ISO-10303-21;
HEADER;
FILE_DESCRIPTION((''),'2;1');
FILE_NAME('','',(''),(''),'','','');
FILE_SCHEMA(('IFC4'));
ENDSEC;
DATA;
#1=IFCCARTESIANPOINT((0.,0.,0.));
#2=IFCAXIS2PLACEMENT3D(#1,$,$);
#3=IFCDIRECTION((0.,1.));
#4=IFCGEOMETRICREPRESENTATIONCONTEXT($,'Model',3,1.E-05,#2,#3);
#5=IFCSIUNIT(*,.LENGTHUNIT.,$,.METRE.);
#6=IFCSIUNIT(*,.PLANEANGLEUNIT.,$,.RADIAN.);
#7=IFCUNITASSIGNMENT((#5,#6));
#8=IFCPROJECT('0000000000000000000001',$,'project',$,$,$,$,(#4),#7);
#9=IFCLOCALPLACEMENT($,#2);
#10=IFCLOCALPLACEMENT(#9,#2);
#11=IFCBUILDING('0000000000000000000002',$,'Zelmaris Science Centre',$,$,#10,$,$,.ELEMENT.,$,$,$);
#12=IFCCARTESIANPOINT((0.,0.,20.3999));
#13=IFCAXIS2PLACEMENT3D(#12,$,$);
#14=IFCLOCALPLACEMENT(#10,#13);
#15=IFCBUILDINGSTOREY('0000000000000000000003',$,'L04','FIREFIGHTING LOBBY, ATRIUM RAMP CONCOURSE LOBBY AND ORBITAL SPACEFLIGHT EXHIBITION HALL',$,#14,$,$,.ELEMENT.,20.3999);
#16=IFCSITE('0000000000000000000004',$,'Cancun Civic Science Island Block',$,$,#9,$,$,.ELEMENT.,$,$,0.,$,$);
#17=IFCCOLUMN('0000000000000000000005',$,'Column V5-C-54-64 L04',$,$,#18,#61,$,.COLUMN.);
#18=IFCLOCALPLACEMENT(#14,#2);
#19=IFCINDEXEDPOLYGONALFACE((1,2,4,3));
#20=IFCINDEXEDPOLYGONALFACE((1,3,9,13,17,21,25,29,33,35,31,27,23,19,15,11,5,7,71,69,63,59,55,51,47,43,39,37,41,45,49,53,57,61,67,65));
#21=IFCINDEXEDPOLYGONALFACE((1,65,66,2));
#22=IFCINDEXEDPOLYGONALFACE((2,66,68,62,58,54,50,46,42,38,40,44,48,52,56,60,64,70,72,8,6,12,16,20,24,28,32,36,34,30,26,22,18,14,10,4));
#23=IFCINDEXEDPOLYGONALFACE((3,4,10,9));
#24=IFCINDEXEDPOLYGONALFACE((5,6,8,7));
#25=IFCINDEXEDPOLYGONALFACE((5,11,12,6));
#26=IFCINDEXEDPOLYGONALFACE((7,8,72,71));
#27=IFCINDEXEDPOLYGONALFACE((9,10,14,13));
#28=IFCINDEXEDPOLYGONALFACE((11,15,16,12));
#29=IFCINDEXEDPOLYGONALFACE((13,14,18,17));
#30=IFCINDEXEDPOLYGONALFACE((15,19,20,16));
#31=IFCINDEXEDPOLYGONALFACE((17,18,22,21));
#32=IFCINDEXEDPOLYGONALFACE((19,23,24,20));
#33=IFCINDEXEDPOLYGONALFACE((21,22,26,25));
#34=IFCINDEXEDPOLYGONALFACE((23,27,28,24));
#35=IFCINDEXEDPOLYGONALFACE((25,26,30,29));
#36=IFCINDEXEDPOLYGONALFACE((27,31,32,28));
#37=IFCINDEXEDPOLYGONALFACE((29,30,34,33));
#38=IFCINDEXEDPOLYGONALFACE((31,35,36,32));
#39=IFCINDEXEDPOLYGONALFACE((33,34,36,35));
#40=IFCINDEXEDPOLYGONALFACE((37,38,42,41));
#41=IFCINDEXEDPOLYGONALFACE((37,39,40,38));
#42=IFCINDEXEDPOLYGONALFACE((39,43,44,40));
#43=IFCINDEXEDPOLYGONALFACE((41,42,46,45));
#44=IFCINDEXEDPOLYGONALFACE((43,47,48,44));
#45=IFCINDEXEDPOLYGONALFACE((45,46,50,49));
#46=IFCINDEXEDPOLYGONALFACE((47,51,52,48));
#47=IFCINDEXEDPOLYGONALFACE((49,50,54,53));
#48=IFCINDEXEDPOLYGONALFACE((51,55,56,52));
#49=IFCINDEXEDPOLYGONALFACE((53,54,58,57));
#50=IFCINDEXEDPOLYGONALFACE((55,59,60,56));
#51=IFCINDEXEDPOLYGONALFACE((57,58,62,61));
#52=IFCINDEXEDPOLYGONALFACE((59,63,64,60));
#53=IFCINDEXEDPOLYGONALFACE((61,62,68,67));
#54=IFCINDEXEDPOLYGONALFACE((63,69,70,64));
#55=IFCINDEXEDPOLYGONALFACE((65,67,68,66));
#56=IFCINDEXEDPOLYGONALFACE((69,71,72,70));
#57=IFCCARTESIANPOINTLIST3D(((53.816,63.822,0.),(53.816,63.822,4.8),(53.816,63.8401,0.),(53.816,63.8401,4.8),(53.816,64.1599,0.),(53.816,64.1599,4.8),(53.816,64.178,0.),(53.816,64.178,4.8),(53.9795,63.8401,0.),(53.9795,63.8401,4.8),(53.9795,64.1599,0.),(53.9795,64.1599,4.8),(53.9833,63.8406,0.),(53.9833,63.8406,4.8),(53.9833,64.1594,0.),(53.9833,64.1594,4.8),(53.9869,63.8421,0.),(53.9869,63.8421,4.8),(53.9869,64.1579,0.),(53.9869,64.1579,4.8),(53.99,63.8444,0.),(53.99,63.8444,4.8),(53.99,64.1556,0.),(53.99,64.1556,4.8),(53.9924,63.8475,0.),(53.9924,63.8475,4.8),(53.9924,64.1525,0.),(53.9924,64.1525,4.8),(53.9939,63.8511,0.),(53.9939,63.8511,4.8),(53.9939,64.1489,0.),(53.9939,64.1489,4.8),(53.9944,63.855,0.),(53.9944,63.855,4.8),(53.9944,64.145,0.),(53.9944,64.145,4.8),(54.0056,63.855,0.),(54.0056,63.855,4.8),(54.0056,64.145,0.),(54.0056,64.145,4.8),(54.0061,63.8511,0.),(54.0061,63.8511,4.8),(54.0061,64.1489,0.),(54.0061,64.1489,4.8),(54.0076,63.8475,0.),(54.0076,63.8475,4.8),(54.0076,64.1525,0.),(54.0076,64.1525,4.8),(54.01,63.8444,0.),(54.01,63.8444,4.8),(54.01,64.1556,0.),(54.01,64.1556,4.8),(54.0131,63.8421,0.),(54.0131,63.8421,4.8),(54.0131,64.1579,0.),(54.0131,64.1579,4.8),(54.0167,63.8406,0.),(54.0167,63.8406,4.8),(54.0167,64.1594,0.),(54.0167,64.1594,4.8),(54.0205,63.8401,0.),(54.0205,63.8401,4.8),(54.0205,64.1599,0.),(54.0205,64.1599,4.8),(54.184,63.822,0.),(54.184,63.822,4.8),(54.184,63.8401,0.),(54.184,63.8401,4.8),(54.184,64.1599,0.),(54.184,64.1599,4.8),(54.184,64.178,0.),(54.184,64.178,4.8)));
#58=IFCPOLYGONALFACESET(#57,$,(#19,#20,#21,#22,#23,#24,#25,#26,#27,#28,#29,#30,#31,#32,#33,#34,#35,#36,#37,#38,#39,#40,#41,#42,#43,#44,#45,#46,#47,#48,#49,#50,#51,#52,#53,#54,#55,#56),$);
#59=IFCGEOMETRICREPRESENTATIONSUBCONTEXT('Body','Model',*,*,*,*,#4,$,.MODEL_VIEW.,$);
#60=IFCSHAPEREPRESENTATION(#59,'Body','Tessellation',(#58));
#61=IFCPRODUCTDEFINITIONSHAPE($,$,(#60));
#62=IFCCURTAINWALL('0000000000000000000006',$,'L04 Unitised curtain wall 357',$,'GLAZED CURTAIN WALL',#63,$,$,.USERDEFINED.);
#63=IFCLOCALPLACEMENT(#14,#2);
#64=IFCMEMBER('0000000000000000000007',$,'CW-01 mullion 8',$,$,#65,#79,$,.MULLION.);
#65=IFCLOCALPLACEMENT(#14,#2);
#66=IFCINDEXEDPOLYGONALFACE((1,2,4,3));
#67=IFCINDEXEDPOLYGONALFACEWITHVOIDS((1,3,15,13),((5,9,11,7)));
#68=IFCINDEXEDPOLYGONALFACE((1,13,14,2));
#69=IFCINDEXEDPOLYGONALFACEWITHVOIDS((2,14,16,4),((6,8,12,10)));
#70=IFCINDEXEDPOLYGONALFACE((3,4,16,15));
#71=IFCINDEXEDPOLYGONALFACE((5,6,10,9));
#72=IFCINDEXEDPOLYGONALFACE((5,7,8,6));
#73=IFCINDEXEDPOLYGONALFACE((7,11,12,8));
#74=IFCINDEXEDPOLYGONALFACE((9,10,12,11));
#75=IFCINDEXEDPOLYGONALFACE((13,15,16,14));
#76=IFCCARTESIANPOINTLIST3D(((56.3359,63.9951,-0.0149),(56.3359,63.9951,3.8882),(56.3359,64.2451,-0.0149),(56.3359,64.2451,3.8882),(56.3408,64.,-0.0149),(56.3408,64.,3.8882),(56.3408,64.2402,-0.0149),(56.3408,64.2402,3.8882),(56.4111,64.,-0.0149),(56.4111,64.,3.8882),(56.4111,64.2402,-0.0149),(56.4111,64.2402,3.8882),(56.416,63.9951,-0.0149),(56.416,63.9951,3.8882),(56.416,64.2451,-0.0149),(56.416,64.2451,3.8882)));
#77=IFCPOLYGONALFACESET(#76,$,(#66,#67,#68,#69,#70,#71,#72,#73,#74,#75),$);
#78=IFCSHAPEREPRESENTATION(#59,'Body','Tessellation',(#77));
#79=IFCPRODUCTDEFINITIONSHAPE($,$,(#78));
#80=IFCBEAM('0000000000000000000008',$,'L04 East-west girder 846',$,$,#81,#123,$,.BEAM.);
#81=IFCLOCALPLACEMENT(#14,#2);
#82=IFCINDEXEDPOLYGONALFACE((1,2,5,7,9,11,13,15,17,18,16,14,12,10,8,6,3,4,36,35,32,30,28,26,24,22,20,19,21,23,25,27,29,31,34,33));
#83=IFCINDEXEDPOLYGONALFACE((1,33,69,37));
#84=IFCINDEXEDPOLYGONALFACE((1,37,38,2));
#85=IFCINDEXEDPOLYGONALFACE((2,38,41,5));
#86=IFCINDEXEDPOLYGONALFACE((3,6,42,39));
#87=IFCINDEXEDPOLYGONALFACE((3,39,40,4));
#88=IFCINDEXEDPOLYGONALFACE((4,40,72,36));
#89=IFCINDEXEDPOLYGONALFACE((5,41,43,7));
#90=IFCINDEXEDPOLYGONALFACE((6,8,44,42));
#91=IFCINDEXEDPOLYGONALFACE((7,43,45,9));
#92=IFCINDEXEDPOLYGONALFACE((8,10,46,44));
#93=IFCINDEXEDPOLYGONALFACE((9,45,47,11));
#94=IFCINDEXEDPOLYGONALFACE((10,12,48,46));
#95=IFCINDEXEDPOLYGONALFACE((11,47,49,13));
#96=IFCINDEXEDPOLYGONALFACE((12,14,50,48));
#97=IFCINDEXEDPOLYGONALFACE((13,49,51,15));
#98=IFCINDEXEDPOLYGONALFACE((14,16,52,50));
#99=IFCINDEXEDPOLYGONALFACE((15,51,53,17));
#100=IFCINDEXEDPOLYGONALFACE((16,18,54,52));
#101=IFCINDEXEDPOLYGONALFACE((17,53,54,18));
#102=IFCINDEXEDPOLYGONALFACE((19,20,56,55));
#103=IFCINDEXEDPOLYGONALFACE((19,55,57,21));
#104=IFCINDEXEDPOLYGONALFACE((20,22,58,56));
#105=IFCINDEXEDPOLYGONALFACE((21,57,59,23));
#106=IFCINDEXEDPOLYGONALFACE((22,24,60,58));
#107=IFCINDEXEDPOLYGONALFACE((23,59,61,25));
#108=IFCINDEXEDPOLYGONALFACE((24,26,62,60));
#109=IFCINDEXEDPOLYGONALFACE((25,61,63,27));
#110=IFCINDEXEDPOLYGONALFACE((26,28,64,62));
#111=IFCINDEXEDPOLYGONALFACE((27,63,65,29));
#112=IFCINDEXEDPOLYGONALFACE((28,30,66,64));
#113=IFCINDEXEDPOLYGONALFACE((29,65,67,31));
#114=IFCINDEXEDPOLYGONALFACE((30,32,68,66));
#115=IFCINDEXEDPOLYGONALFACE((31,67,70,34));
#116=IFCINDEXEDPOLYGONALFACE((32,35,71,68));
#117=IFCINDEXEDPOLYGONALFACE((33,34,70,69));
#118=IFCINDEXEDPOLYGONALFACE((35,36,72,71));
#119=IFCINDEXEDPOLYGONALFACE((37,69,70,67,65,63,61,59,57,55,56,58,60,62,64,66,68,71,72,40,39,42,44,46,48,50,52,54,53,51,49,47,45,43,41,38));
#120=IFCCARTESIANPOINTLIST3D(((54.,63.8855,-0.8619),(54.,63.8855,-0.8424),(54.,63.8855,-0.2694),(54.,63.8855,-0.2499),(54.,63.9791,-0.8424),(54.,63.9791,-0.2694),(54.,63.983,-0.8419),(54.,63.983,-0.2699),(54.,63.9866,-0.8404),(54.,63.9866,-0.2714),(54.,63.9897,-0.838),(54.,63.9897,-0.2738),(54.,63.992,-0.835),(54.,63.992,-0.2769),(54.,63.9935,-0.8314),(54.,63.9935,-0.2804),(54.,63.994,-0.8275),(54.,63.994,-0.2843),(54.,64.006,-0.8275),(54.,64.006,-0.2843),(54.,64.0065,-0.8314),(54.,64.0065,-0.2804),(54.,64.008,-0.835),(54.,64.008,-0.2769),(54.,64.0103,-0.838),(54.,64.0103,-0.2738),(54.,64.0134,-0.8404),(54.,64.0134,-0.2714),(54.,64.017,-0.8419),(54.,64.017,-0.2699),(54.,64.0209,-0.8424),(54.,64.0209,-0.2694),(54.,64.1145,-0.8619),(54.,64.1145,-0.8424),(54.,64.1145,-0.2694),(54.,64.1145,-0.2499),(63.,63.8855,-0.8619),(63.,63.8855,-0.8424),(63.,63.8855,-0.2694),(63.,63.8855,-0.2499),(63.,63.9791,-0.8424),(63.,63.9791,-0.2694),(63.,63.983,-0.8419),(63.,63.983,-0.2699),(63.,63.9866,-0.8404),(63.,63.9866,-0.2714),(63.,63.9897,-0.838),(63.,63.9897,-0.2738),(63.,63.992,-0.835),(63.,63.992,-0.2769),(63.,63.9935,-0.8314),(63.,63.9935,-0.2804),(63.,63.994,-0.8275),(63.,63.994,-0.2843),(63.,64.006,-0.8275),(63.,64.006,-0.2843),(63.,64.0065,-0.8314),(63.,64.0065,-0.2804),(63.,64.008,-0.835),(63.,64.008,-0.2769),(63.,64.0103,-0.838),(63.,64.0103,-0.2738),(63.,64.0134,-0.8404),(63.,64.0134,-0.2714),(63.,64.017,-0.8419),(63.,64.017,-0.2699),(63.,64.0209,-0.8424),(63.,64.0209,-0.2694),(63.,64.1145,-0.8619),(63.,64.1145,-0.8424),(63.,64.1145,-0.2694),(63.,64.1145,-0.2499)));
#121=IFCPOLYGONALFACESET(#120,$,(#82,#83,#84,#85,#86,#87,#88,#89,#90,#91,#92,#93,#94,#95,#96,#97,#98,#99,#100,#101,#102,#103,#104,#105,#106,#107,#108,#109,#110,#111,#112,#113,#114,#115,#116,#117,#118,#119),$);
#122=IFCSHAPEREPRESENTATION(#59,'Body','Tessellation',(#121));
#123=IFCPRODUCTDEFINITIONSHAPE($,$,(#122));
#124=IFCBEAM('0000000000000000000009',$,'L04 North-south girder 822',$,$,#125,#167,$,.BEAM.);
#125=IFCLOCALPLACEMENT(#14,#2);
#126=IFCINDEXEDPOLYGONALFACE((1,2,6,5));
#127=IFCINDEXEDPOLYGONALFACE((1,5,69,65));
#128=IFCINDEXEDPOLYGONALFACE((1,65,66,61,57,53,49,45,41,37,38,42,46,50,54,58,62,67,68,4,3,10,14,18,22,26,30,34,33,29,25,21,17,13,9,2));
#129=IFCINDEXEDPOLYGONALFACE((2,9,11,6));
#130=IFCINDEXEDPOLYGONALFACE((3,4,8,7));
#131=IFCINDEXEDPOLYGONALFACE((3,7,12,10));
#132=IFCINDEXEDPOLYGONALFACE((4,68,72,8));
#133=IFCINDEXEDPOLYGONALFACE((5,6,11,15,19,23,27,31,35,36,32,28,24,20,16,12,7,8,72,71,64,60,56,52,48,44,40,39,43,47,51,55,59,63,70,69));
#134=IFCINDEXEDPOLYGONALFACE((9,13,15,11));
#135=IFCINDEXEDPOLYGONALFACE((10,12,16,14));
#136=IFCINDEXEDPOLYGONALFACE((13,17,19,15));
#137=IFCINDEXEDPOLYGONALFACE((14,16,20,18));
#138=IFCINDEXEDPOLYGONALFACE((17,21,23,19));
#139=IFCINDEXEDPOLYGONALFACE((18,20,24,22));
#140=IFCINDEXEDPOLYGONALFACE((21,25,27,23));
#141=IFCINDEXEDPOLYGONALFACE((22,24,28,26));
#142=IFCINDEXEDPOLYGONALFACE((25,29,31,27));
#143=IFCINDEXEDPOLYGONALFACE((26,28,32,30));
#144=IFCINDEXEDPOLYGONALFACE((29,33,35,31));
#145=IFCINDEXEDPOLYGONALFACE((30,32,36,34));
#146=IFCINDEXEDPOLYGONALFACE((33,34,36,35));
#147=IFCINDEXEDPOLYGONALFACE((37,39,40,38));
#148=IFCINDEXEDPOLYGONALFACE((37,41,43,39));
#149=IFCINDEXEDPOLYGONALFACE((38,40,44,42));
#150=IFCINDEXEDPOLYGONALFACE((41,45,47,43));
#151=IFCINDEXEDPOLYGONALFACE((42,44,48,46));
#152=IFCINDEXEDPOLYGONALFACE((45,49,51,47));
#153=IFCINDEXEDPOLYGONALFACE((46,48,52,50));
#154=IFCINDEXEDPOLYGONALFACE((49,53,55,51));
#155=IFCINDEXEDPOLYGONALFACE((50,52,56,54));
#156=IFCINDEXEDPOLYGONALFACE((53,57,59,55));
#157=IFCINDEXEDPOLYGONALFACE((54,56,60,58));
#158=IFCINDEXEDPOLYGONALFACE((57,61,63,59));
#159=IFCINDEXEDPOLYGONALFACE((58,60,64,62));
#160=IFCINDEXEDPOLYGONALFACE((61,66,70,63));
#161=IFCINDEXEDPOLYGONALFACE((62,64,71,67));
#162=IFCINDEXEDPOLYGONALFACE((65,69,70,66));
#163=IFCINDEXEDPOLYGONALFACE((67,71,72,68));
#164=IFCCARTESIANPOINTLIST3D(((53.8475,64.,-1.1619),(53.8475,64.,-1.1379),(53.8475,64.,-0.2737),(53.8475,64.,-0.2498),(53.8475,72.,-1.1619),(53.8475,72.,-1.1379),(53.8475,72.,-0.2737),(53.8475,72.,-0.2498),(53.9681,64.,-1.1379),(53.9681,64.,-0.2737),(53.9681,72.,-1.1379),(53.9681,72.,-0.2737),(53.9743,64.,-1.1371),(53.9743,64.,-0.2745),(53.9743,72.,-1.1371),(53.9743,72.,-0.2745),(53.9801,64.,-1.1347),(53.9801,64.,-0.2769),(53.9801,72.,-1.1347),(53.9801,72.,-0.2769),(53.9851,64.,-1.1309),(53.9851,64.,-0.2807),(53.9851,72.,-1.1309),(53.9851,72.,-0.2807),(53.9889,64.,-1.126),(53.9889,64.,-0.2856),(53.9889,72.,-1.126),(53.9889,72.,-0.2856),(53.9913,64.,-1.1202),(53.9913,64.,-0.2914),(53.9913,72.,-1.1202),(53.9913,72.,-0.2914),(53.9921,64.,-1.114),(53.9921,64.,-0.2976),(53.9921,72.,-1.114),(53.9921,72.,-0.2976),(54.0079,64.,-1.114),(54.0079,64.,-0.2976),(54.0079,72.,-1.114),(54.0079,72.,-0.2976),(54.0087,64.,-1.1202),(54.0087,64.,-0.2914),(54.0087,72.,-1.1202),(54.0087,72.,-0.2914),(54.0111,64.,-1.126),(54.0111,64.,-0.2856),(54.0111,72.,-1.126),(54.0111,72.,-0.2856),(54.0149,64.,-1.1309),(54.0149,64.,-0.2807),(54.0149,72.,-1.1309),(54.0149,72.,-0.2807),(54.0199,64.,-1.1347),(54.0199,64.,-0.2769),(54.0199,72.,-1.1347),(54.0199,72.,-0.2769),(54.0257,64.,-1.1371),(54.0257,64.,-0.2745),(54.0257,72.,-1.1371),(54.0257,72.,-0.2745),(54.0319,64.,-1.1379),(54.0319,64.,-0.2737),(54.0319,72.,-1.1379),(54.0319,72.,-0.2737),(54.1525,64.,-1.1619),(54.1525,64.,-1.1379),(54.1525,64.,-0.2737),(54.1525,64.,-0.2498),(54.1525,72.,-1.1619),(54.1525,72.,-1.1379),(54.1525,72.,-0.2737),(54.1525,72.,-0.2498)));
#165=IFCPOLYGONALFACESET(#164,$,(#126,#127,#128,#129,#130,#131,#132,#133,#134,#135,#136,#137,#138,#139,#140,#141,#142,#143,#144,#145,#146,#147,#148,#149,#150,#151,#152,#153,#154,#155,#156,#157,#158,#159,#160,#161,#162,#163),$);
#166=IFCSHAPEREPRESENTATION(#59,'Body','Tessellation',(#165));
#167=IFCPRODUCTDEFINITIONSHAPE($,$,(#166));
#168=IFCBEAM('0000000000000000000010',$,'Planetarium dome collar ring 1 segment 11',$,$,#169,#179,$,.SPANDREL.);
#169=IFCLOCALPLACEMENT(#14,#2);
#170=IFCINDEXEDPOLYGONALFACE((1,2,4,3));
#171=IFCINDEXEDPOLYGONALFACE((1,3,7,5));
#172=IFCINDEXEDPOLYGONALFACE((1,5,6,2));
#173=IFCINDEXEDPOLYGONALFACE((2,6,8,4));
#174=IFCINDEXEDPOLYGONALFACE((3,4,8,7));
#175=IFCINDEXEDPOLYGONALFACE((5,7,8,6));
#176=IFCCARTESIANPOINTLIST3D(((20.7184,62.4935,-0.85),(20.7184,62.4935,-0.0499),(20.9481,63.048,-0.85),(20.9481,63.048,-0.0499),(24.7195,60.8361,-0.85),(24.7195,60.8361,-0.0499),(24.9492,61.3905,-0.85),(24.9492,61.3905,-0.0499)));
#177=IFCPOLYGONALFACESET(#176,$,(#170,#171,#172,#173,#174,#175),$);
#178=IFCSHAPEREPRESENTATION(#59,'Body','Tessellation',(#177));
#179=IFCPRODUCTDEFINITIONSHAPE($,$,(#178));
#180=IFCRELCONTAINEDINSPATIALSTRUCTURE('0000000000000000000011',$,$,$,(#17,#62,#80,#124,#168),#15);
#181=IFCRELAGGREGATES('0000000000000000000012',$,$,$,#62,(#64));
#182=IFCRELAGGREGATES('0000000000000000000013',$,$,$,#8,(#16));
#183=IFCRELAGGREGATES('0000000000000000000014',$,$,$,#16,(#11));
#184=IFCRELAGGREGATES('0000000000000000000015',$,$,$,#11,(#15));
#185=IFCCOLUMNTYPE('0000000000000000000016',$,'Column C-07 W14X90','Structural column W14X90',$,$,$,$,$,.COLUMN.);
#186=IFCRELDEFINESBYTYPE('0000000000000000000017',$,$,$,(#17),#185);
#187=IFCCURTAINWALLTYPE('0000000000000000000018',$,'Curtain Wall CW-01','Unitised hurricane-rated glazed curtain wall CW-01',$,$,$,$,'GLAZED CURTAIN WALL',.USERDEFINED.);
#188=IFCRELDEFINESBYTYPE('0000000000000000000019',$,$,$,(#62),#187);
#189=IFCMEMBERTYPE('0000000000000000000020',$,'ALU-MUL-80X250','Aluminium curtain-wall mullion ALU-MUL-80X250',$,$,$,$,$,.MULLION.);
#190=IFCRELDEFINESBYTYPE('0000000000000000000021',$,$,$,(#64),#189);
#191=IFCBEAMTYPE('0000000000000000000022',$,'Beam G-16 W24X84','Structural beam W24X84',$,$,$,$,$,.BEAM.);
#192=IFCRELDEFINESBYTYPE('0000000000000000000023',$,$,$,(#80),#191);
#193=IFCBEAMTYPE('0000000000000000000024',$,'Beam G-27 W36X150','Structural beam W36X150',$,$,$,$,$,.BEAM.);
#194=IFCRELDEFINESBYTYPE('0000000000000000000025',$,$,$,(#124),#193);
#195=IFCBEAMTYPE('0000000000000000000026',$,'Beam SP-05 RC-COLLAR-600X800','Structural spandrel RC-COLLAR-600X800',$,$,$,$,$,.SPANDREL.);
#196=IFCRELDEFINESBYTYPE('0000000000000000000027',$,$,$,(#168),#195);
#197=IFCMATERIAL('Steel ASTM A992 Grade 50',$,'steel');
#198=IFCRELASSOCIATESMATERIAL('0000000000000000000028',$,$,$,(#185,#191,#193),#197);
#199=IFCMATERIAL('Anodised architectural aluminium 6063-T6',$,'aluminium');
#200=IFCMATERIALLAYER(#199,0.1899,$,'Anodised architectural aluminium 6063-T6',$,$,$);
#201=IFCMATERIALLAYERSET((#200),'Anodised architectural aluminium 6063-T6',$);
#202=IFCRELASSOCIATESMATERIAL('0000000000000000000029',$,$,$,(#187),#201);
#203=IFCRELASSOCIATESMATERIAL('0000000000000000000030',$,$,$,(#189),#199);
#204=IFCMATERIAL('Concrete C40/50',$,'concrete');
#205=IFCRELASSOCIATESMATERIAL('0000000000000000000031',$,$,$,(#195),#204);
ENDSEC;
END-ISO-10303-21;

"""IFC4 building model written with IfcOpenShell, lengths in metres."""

from ifc_helpers import new_model, si_unit, direction, frame, origin, origin_2d, place, context, subcontext, project, spatial, rectangle, hollow_rectangle, i_section, extrude, material, layer, layer_set, material_profile, profile_set, type_object, element, aggregate, save


model = new_model("IFC4")

# Units and contexts
model_context = context("Model", 3, precision=1e-05, world=origin(), true_north=direction((0.0, 1.0)))
body_context = subcontext(model_context, "Body", "Model", "MODEL_VIEW")
ifc_project = project(units=[si_unit("LENGTHUNIT", "METRE"), si_unit("PLANEANGLEUNIT", "RADIAN")], contexts=[model_context])

# Site, building, storey
site_placement = place(None, origin())
site = spatial("IfcSite", under=ifc_project, at=site_placement, Name="Cancun Civic Science Island Block", CompositionType="ELEMENT", RefElevation=0.0)
building_placement = place(site_placement, origin())
building = spatial("IfcBuilding", under=site, at=building_placement, Name="Zelmaris Science Centre", CompositionType="ELEMENT")
storey_placement = place(building_placement, frame((0.0, 0.0, 20.3999)))
storey = spatial("IfcBuildingStorey", under=building, at=storey_placement, Name="L04", Description="FIREFIGHTING LOBBY, ATRIUM RAMP CONCOURSE LOBBY AND ORBITAL SPACEFLIGHT EXHIBITION HALL", CompositionType="ELEMENT", Elevation=20.3999)

# Column
ifc_material_1 = material(Name="Steel ASTM A992 Grade 50", Category="steel")
ifc_material_profile_1 = material_profile(ifc_material_1, i_section(OverallWidth=0.3679, OverallDepth=0.356, WebThickness=0.0112, FlangeThickness=0.0181, FilletRadius=0.0149, at=origin_2d()), Name="W14X90")
ifc_profile_set_1 = profile_set([ifc_material_profile_1], Name="Steel ASTM A992 Grade 50")
column_type = type_object("IfcColumnType", Name="Column C-07 W14X90", Description="Structural column W14X90", PredefinedType="COLUMN", material=ifc_profile_set_1)
column_placement = place(storey_placement, frame((54.0, 64.0, 0.0), z_axis=(0.0, 0.0, 1.0), x_axis=(1.0, 0.0, 0.0)))
element("IfcColumn", 1, at=column_placement, inside=storey, type_object=column_type, Name="Column V5-C-54-64 L04", PredefinedType="COLUMN", context=body_context, shape_type="SweptSolid", body=[
    extrude(i_section(OverallWidth=0.3679, OverallDepth=0.356, WebThickness=0.0112, FlangeThickness=0.0181, FilletRadius=0.0149, at=origin_2d()), origin(), (0.0, 0.0, 1.0), 4.8),
])

# Curtain wall, member
ifc_material_2 = material(Name="Anodised architectural aluminium 6063-T6", Category="aluminium")
ifc_layer_1 = layer(ifc_material_2, 0.1899, Name="Anodised architectural aluminium 6063-T6")
ifc_layer_set_1 = layer_set([ifc_layer_1], Name="Anodised architectural aluminium 6063-T6")
curtain_wall_type = type_object("IfcCurtainWallType", Name="Curtain Wall CW-01", Description="Unitised hurricane-rated glazed curtain wall CW-01", ElementType="GLAZED CURTAIN WALL", PredefinedType="USERDEFINED", material=ifc_layer_set_1)
curtain_wall_placement = place(storey_placement, origin())
curtain_wall = element("IfcCurtainWall", 2, at=curtain_wall_placement, inside=storey, type_object=curtain_wall_type, Name="L04 Unitised curtain wall 357", ObjectType="GLAZED CURTAIN WALL", PredefinedType="USERDEFINED")
ifc_material_profile_2 = material_profile(ifc_material_2, hollow_rectangle(XDim=0.0801, YDim=0.25, WallThickness=0.0049, at=origin_2d()), Name="ALU-MUL-80X250")
ifc_profile_set_2 = profile_set([ifc_material_profile_2], Name="Anodised architectural aluminium 6063-T6")
member_type = type_object("IfcMemberType", Name="ALU-MUL-80X250", Description="Aluminium curtain-wall mullion ALU-MUL-80X250", PredefinedType="MULLION", material=ifc_profile_set_2)
member_placement = place(storey_placement, frame((56.376, 64.1201, -0.0149), z_axis=(0.0, 0.0, 1.0), x_axis=(-1.0, 0.000003, 0.0)))
member = element("IfcMember", 3, at=member_placement, type_object=member_type, Name="CW-01 mullion 8", PredefinedType="MULLION", context=body_context, shape_type="SweptSolid", body=[
    extrude(hollow_rectangle(XDim=0.0801, YDim=0.25, WallThickness=0.0049, at=origin_2d()), origin(), (0.0, 0.0, 1.0), 3.9031),
])

# Beams
ifc_material_profile_3 = material_profile(ifc_material_1, i_section(OverallWidth=0.229, OverallDepth=0.6121, WebThickness=0.012, FlangeThickness=0.0195, FilletRadius=0.0149, at=origin_2d()), Name="W24X84")
ifc_profile_set_3 = profile_set([ifc_material_profile_3], Name="Steel ASTM A992 Grade 50")
beam_type_1 = type_object("IfcBeamType", Name="Beam G-16 W24X84", Description="Structural beam W24X84", PredefinedType="BEAM", material=ifc_profile_set_3)
beam_1_placement = place(storey_placement, frame((54.0, 64.0, -0.5559), z_axis=(1.0, 0.0, 0.0), x_axis=(0.0, 1.0, 0.0)))
element("IfcBeam", 4, at=beam_1_placement, inside=storey, type_object=beam_type_1, Name="L04 East-west girder 846", PredefinedType="BEAM", context=body_context, shape_type="SweptSolid", body=[
    extrude(i_section(OverallWidth=0.229, OverallDepth=0.6121, WebThickness=0.012, FlangeThickness=0.0195, FilletRadius=0.0149, at=origin_2d()), origin(), (0.0, 0.0, 1.0), 9.0),
])
ifc_material_profile_4 = material_profile(ifc_material_1, i_section(OverallWidth=0.3049, OverallDepth=0.9121, WebThickness=0.0159, FlangeThickness=0.0239, FilletRadius=0.0239, at=origin_2d()), Name="W36X150")
ifc_profile_set_4 = profile_set([ifc_material_profile_4], Name="Steel ASTM A992 Grade 50")
beam_type_2 = type_object("IfcBeamType", Name="Beam G-27 W36X150", Description="Structural beam W36X150", PredefinedType="BEAM", material=ifc_profile_set_4)
beam_2_placement = place(storey_placement, frame((54.0, 64.0, -0.7058), z_axis=(0.0, 1.0, 0.0), x_axis=(-1.0, 0.0, 0.0)))
element("IfcBeam", 5, at=beam_2_placement, inside=storey, type_object=beam_type_2, Name="L04 North-south girder 822", PredefinedType="BEAM", context=body_context, shape_type="SweptSolid", body=[
    extrude(i_section(OverallWidth=0.3049, OverallDepth=0.9121, WebThickness=0.0159, FlangeThickness=0.0239, FilletRadius=0.0239, at=origin_2d()), origin(), (0.0, 0.0, 1.0), 8.0),
])
ifc_material_3 = material(Name="Concrete C40/50", Category="concrete")
ifc_material_profile_5 = material_profile(ifc_material_3, rectangle(XDim=0.6001, YDim=0.8, at=origin_2d()), Name="RC-COLLAR-600X800")
ifc_profile_set_5 = profile_set([ifc_material_profile_5], Name="Concrete C40/50")
beam_type_3 = type_object("IfcBeamType", Name="Beam SP-05 RC-COLLAR-600X800", Description="Structural spandrel RC-COLLAR-600X800", PredefinedType="SPANDREL", material=ifc_profile_set_5)
beam_3_placement = place(storey_placement, frame((20.8333, 62.7708, -0.45), z_axis=(0.92387, -0.382705, 0.0), x_axis=(0.382705, 0.92387, 0.0)))
element("IfcBeam", 6, at=beam_3_placement, inside=storey, type_object=beam_type_3, Name="Planetarium dome collar ring 1 segment 11", PredefinedType="SPANDREL", context=body_context, shape_type="SweptSolid", body=[
    extrude(rectangle(XDim=0.6001, YDim=0.8, at=origin_2d()), origin(), (0.0, 0.0, 1.0), 4.3308),
])

aggregate(curtain_wall, [member])

save(model, "model.ifc")
